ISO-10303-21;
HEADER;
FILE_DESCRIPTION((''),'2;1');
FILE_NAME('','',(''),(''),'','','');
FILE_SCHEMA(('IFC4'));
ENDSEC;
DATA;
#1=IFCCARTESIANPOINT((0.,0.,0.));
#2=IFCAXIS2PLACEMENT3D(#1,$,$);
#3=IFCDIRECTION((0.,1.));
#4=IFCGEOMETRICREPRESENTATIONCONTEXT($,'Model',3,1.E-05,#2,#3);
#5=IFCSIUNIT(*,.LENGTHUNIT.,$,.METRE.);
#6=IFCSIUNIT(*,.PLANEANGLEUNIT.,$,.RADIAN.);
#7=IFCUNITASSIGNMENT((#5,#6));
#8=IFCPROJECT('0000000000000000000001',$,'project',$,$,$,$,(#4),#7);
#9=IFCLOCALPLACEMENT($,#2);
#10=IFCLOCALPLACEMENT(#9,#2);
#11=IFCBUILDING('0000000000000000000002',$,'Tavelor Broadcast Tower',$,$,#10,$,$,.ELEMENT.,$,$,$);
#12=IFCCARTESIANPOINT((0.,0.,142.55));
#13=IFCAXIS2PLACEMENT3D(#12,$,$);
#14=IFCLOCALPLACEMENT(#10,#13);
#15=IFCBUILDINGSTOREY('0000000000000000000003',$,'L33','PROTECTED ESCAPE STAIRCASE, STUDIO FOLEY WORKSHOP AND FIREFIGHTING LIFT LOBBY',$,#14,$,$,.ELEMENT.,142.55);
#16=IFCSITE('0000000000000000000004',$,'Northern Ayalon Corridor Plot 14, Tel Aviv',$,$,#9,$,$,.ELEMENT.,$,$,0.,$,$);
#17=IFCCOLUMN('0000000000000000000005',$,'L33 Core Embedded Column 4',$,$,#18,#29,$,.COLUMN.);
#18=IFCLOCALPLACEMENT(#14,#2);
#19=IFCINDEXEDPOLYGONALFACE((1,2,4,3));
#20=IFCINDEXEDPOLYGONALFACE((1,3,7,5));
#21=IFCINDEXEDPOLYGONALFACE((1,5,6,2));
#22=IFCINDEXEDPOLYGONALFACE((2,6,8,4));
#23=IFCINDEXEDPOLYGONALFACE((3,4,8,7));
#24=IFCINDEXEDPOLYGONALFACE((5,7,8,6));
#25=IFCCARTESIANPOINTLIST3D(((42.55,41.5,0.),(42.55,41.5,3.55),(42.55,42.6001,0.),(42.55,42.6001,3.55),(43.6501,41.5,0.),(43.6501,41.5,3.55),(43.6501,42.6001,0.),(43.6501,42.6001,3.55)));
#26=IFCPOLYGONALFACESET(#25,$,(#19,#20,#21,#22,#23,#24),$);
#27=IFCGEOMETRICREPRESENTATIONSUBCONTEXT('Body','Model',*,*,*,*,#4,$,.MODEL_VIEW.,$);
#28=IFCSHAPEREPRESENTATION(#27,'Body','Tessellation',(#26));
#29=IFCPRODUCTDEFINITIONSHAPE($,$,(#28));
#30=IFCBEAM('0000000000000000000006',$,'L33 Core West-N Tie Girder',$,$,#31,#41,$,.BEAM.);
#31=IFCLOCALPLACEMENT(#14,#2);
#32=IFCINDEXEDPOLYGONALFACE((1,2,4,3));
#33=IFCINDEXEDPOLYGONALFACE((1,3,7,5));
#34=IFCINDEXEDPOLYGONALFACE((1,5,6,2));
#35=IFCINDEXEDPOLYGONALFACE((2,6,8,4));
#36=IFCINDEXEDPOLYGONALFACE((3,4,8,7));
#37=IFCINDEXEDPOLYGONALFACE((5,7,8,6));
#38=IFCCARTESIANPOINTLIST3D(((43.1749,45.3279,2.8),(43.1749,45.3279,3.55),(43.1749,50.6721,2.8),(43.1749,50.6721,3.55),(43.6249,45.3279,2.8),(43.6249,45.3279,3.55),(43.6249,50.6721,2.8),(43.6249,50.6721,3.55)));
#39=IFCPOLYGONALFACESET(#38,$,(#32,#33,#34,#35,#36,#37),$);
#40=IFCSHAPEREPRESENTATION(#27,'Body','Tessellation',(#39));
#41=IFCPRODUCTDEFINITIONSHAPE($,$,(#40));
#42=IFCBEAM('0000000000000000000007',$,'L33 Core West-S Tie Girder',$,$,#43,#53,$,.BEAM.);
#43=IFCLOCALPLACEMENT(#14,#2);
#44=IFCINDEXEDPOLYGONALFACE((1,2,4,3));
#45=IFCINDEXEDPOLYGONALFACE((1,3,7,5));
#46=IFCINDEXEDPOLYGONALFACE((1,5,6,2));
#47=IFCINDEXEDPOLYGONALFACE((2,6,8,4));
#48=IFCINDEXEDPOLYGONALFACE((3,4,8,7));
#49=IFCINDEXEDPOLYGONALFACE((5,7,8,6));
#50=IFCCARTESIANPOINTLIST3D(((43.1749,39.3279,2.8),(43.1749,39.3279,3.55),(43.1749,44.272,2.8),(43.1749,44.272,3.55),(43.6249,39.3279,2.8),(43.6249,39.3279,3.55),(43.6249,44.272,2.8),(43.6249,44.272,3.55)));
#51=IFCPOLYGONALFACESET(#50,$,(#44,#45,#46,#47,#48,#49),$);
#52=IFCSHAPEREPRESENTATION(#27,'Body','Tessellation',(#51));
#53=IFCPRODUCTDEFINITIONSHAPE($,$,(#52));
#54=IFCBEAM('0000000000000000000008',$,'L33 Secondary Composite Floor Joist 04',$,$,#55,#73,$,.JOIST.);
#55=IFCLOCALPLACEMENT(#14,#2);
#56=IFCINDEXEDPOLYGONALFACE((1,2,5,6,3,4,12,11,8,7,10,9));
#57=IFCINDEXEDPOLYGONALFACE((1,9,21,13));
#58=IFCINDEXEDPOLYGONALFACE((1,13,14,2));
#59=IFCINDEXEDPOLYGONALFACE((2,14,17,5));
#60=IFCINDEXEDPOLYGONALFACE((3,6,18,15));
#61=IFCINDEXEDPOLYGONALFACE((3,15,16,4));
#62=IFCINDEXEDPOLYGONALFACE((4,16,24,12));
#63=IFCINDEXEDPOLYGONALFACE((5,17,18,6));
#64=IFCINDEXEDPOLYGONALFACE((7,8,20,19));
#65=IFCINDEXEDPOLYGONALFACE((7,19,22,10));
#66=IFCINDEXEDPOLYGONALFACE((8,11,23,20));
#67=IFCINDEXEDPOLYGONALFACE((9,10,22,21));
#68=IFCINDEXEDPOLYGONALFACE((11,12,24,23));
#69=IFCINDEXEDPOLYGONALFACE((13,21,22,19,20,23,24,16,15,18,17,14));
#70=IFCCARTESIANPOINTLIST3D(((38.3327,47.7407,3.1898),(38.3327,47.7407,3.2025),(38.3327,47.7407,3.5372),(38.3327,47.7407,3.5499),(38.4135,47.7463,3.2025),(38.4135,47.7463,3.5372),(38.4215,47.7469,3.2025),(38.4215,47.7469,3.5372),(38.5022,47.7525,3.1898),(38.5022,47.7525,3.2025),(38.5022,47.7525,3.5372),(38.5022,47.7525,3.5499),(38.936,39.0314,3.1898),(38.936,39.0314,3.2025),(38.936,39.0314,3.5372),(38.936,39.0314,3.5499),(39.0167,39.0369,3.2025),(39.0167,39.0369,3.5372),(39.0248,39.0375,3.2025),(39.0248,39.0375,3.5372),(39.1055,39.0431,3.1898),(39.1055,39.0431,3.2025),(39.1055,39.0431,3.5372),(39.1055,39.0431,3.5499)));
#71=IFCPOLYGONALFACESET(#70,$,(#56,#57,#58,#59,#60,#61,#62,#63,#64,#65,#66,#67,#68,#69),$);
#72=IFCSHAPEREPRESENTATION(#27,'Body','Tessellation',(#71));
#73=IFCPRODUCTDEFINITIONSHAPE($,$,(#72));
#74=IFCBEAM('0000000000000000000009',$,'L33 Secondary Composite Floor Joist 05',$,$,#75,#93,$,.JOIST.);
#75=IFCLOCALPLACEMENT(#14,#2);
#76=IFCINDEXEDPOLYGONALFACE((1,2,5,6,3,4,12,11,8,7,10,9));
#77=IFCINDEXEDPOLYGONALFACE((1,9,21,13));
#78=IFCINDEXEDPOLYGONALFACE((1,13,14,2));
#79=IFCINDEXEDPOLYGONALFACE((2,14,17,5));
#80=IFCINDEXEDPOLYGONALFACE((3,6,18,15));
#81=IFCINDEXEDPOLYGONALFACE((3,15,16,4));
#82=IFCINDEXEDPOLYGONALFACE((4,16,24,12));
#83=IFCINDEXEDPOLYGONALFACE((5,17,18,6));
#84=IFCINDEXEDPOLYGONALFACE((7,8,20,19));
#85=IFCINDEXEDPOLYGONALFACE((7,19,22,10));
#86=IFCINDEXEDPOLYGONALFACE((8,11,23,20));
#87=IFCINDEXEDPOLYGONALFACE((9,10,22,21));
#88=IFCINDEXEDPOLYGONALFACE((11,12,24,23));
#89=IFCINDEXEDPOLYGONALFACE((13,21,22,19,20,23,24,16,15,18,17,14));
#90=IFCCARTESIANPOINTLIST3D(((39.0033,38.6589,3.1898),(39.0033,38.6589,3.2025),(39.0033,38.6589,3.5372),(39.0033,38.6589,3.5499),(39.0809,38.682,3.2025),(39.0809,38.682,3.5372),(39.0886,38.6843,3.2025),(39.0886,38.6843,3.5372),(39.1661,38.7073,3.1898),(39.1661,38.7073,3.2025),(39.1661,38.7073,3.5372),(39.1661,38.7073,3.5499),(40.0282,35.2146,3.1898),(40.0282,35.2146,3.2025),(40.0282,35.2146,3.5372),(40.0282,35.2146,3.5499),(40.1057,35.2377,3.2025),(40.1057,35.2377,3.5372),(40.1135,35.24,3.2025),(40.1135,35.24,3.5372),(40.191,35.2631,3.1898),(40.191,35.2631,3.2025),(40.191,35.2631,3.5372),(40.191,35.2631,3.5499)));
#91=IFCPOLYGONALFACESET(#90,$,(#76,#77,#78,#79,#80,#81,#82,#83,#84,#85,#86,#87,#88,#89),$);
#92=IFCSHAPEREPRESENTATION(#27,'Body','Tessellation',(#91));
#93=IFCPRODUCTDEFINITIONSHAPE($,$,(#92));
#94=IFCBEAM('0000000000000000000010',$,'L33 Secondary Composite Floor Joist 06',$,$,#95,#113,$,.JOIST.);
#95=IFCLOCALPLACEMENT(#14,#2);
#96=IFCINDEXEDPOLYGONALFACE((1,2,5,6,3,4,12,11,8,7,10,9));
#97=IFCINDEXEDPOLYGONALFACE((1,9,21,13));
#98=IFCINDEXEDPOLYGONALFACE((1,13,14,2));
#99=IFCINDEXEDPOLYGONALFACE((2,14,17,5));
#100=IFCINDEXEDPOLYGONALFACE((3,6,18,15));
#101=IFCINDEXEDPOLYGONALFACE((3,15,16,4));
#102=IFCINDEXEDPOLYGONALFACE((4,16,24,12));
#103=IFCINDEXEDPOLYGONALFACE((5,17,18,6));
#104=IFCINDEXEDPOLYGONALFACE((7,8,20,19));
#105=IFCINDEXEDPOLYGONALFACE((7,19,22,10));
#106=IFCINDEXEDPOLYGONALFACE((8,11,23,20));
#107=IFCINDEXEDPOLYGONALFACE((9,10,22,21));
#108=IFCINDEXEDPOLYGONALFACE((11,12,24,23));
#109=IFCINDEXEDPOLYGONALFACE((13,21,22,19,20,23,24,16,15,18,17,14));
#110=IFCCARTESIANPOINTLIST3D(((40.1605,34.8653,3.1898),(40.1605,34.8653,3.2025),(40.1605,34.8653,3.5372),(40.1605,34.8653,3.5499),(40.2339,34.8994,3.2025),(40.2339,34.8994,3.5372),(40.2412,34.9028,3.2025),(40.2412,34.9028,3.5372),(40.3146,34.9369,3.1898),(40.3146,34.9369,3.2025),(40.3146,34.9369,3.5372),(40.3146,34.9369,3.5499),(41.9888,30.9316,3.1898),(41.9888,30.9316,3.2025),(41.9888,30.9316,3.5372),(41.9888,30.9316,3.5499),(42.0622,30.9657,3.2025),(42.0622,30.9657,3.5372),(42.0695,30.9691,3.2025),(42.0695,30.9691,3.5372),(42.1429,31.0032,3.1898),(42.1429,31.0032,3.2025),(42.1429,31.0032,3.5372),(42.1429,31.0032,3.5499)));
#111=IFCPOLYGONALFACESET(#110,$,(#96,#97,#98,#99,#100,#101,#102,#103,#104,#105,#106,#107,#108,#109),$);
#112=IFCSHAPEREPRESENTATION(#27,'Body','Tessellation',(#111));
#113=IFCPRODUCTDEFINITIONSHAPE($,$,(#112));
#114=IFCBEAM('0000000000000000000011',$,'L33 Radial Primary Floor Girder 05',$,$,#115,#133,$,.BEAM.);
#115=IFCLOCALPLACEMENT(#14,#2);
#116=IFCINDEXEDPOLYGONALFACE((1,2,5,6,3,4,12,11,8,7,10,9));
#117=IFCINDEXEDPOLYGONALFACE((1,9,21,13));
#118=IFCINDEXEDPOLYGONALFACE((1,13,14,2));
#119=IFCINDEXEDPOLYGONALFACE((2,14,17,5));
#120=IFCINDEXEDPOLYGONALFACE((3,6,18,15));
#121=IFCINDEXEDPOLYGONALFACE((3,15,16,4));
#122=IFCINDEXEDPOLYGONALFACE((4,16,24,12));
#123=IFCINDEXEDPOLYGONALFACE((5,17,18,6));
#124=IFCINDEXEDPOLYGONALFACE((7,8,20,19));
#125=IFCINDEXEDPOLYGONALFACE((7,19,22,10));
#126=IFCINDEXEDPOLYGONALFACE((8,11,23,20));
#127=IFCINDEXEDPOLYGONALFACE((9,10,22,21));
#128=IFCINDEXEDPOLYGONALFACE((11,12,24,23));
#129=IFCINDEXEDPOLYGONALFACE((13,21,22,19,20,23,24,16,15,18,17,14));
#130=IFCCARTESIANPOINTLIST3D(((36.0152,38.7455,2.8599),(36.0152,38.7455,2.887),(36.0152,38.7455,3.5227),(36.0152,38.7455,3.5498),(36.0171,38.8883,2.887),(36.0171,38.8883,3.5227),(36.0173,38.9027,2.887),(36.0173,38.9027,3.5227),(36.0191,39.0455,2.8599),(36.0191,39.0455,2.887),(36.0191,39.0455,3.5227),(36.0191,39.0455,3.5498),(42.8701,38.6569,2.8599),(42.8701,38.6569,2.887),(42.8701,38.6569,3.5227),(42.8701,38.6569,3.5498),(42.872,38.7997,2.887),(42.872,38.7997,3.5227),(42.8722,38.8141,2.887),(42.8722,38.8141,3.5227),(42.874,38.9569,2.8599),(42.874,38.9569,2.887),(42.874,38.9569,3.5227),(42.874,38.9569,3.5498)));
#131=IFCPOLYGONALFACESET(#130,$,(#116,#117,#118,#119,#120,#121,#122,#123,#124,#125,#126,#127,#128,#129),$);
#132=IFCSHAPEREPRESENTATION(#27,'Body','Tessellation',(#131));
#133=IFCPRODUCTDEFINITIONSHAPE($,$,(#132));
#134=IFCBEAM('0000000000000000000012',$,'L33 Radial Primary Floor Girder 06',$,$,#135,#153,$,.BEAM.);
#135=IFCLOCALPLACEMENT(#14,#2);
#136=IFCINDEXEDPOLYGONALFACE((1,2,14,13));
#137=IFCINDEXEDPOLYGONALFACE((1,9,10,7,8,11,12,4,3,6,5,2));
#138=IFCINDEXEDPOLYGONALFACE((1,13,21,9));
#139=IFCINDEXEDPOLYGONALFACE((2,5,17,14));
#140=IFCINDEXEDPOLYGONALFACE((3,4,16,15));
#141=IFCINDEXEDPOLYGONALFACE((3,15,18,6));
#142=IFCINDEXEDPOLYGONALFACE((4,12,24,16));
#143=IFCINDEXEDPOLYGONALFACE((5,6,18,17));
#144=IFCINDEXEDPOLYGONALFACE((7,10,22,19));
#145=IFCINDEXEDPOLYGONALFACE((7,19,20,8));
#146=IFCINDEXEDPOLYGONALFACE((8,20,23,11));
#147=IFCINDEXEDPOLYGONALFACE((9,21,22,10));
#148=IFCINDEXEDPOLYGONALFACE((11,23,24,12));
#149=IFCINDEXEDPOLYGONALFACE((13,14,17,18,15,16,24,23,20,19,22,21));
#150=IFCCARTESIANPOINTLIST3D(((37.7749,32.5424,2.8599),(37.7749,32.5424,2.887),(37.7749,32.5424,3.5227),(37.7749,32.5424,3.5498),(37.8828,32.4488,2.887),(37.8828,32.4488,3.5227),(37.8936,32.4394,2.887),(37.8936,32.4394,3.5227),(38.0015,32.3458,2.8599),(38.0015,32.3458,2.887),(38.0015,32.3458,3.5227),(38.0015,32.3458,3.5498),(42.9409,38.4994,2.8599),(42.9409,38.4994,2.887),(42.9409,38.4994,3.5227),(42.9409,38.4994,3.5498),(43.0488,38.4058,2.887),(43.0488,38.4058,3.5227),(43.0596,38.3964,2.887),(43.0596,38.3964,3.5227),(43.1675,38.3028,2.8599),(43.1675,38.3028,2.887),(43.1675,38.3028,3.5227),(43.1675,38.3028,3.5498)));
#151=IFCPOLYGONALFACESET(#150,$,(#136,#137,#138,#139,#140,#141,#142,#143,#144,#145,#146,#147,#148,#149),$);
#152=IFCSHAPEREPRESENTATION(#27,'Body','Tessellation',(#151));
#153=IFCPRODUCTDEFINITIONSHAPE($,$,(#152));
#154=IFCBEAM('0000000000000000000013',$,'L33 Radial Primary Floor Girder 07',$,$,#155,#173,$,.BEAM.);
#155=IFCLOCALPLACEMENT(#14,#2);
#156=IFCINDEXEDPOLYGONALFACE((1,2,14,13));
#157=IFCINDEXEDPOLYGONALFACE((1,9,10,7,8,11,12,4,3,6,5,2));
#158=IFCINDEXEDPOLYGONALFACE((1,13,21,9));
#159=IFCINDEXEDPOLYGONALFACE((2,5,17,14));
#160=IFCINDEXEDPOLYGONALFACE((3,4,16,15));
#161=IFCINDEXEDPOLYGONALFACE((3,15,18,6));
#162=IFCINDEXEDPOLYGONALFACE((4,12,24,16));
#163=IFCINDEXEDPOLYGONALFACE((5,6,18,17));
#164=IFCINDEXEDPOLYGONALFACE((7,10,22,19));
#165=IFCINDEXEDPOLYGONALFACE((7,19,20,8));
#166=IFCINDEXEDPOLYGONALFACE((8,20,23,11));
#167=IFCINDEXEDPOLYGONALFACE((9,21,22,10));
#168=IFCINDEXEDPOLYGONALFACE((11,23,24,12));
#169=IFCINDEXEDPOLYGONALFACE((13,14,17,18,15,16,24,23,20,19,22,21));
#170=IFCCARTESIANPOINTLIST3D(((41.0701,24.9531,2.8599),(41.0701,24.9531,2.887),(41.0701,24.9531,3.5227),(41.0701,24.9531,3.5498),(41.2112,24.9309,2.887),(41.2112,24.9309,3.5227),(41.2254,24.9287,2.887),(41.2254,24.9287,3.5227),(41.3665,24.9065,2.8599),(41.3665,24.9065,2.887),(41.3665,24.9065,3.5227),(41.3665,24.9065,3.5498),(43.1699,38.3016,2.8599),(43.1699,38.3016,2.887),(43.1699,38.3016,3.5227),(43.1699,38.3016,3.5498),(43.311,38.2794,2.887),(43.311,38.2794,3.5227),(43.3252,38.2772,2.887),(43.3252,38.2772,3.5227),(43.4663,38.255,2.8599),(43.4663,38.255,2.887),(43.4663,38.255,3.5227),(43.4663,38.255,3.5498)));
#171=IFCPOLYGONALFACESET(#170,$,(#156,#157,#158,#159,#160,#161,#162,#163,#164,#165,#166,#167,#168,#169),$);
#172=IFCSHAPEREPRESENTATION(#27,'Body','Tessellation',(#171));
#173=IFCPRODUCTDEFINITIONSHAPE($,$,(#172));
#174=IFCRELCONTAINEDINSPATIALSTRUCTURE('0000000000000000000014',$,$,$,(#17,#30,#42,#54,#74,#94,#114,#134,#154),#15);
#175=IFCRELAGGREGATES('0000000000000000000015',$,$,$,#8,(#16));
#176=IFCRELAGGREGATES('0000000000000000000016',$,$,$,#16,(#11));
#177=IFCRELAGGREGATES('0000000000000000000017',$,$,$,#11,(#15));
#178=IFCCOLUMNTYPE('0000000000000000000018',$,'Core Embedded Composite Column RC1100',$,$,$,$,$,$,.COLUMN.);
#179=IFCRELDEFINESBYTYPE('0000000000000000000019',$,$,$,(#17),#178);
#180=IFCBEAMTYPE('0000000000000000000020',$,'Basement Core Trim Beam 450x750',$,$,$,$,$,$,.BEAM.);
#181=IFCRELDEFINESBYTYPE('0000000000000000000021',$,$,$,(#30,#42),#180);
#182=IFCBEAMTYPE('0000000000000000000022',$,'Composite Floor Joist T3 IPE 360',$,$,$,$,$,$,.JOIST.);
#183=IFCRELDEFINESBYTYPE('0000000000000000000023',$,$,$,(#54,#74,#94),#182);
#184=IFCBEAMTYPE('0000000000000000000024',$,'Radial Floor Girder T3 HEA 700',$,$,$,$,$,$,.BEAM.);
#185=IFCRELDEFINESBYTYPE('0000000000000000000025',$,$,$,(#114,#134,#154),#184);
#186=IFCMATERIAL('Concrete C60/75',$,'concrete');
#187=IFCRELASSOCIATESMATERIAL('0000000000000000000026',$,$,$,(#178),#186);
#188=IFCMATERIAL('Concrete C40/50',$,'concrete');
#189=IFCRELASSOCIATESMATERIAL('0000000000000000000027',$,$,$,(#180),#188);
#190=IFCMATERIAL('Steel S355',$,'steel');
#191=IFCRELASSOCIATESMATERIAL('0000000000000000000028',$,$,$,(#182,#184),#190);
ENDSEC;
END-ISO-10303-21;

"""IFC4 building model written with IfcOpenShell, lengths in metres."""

from ifc_helpers import new_model, si_unit, direction, frame, origin, origin_2d, place, context, subcontext, project, spatial, rectangle, i_section, extrude, material, material_profile, profile_set, type_object, element, save


model = new_model("IFC4")

# Units and contexts
model_context = context("Model", 3, precision=1e-05, world=origin(), true_north=direction((0.0, 1.0)))
body_context = subcontext(model_context, "Body", "Model", "MODEL_VIEW")
ifc_project = project(units=[si_unit("LENGTHUNIT", "METRE"), si_unit("PLANEANGLEUNIT", "RADIAN")], contexts=[model_context])

# Site, building, storey
site_placement = place(None, origin())
site = spatial("IfcSite", under=ifc_project, at=site_placement, Name="Northern Ayalon Corridor Plot 14, Tel Aviv", CompositionType="ELEMENT", RefElevation=0.0)
building_placement = place(site_placement, origin())
building = spatial("IfcBuilding", under=site, at=building_placement, Name="Tavelor Broadcast Tower", CompositionType="ELEMENT")
storey_placement = place(building_placement, frame((0.0, 0.0, 142.55)))
storey = spatial("IfcBuildingStorey", under=building, at=storey_placement, Name="L33", Description="PROTECTED ESCAPE STAIRCASE, STUDIO FOLEY WORKSHOP AND FIREFIGHTING LIFT LOBBY", CompositionType="ELEMENT", Elevation=142.55)

# Column
ifc_material_1 = material(Name="Concrete C60/75", Category="concrete")
ifc_material_profile_1 = material_profile(ifc_material_1, rectangle(XDim=1.1001, YDim=1.1001, at=origin_2d()), Name="RC 1100x1100")
ifc_profile_set_1 = profile_set([ifc_material_profile_1], Name="Concrete C60/75")
column_type = type_object("IfcColumnType", Name="Core Embedded Composite Column RC1100", PredefinedType="COLUMN", material=ifc_profile_set_1)
column_placement = place(storey_placement, frame((43.1001, 42.05, 0.0), z_axis=(0.0, 0.0, 1.0), x_axis=(1.0, 0.0, 0.0)))
element("IfcColumn", 1, at=column_placement, inside=storey, type_object=column_type, Name="L33 Core Embedded Column 4", PredefinedType="COLUMN", context=body_context, shape_type="SweptSolid", body=[
    extrude(rectangle(XDim=1.1001, YDim=1.1001, at=origin_2d()), origin(), (0.0, 0.0, 1.0), 3.55),
])

# Beams
ifc_material_2 = material(Name="Concrete C40/50", Category="concrete")
ifc_material_profile_2 = material_profile(ifc_material_2, rectangle(XDim=0.45, YDim=0.75, at=origin_2d()), Name="RC 450x750")
ifc_profile_set_2 = profile_set([ifc_material_profile_2], Name="Concrete C40/50")
beam_type_1 = type_object("IfcBeamType", Name="Basement Core Trim Beam 450x750", PredefinedType="BEAM", material=ifc_profile_set_2)
beam_1_placement = place(storey_placement, frame((43.3999, 45.3279, 3.175), z_axis=(0.0, 1.0, 0.0), x_axis=(-1.0, 0.0, 0.0)))
element("IfcBeam", 2, at=beam_1_placement, inside=storey, type_object=beam_type_1, Name="L33 Core West-N Tie Girder", PredefinedType="BEAM", context=body_context, shape_type="SweptSolid", body=[
    extrude(rectangle(XDim=0.45, YDim=0.75, at=origin_2d()), origin(), (0.0, 0.0, 1.0), 5.3442),
])
beam_2_placement = place(storey_placement, frame((43.3999, 39.3279, 3.175), z_axis=(0.0, 1.0, 0.0), x_axis=(-1.0, 0.0, 0.0)))
element("IfcBeam", 3, at=beam_2_placement, inside=storey, type_object=beam_type_1, Name="L33 Core West-S Tie Girder", PredefinedType="BEAM", context=body_context, shape_type="SweptSolid", body=[
    extrude(rectangle(XDim=0.45, YDim=0.75, at=origin_2d()), origin(), (0.0, 0.0, 1.0), 4.9441),
])
ifc_material_3 = material(Name="Steel S355", Category="steel")
ifc_material_profile_3 = material_profile(ifc_material_3, i_section(OverallWidth=0.1699, OverallDepth=0.3601, WebThickness=0.0081, FlangeThickness=0.0127, at=origin_2d()), Name="IPE 360")
ifc_profile_set_3 = profile_set([ifc_material_profile_3], Name="Steel S355")
beam_type_2 = type_object("IfcBeamType", Name="Composite Floor Joist T3 IPE 360", PredefinedType="JOIST", material=ifc_profile_set_3)
beam_3_placement = place(storey_placement, frame((38.4175, 47.7466, 3.3699), z_axis=(0.069101, -0.99761, 0.0), x_axis=(0.99761, 0.069101, 0.0)))
element("IfcBeam", 4, at=beam_3_placement, inside=storey, type_object=beam_type_2, Name="L33 Secondary Composite Floor Joist 04", PredefinedType="JOIST", context=body_context, shape_type="SweptSolid", body=[
    extrude(i_section(OverallWidth=0.1699, OverallDepth=0.3601, WebThickness=0.0081, FlangeThickness=0.0127, at=origin_2d()), origin(), (0.0, 0.0, 1.0), 8.7302),
])
beam_4_placement = place(storey_placement, frame((39.0847, 38.6831, 3.3699), z_axis=(0.285203, -0.958467, 0.0), x_axis=(0.958467, 0.285203, 0.0)))
element("IfcBeam", 5, at=beam_4_placement, inside=storey, type_object=beam_type_2, Name="L33 Secondary Composite Floor Joist 05", PredefinedType="JOIST", context=body_context, shape_type="SweptSolid", body=[
    extrude(i_section(OverallWidth=0.1699, OverallDepth=0.3601, WebThickness=0.0081, FlangeThickness=0.0127, at=origin_2d()), origin(), (0.0, 0.0, 1.0), 3.5935),
])
beam_5_placement = place(storey_placement, frame((40.2375, 34.9011, 3.3699), z_axis=(0.42148, -0.906838, 0.0), x_axis=(0.906838, 0.42148, 0.0)))
element("IfcBeam", 6, at=beam_5_placement, inside=storey, type_object=beam_type_2, Name="L33 Secondary Composite Floor Joist 06", PredefinedType="JOIST", context=body_context, shape_type="SweptSolid", body=[
    extrude(i_section(OverallWidth=0.1699, OverallDepth=0.3601, WebThickness=0.0081, FlangeThickness=0.0127, at=origin_2d()), origin(), (0.0, 0.0, 1.0), 4.3379),
])
ifc_material_profile_4 = material_profile(ifc_material_3, i_section(OverallWidth=0.3, OverallDepth=0.6899, WebThickness=0.0144, FlangeThickness=0.0271, at=origin_2d()), Name="HEA 700")
ifc_profile_set_4 = profile_set([ifc_material_profile_4], Name="Steel S355")
beam_type_3 = type_object("IfcBeamType", Name="Radial Floor Girder T3 HEA 700", PredefinedType="BEAM", material=ifc_profile_set_4)
beam_6_placement = place(storey_placement, frame((42.8721, 38.8069, 3.2048), z_axis=(-0.999916, 0.012927, 0.0), x_axis=(-0.012927, -0.999916, 0.0)))
element("IfcBeam", 7, at=beam_6_placement, inside=storey, type_object=beam_type_3, Name="L33 Radial Primary Floor Girder 05", PredefinedType="BEAM", context=body_context, shape_type="SweptSolid", body=[
    extrude(i_section(OverallWidth=0.3, OverallDepth=0.6899, WebThickness=0.0144, FlangeThickness=0.0271, at=origin_2d()), origin(), (0.0, 0.0, 1.0), 6.8555),
])
beam_7_placement = place(storey_placement, frame((43.0542, 38.4011, 3.2048), z_axis=(-0.655166, -0.755485, 0.0), x_axis=(0.755485, -0.655166, 0.0)))
element("IfcBeam", 8, at=beam_7_placement, inside=storey, type_object=beam_type_3, Name="L33 Radial Primary Floor Girder 06", PredefinedType="BEAM", context=body_context, shape_type="SweptSolid", body=[
    extrude(i_section(OverallWidth=0.3, OverallDepth=0.6899, WebThickness=0.0144, FlangeThickness=0.0271, at=origin_2d()), origin(), (0.0, 0.0, 1.0), 7.885),
])
beam_8_placement = place(storey_placement, frame((43.3181, 38.2783, 3.2048), z_axis=(-0.155398, -0.987852, 0.0), x_axis=(0.987852, -0.155398, 0.0)))
element("IfcBeam", 9, at=beam_8_placement, inside=storey, type_object=beam_type_3, Name="L33 Radial Primary Floor Girder 07", PredefinedType="BEAM", context=body_context, shape_type="SweptSolid", body=[
    extrude(i_section(OverallWidth=0.3, OverallDepth=0.6899, WebThickness=0.0144, FlangeThickness=0.0271, at=origin_2d()), origin(), (0.0, 0.0, 1.0), 13.5127),
])

save(model, "model.ifc")
